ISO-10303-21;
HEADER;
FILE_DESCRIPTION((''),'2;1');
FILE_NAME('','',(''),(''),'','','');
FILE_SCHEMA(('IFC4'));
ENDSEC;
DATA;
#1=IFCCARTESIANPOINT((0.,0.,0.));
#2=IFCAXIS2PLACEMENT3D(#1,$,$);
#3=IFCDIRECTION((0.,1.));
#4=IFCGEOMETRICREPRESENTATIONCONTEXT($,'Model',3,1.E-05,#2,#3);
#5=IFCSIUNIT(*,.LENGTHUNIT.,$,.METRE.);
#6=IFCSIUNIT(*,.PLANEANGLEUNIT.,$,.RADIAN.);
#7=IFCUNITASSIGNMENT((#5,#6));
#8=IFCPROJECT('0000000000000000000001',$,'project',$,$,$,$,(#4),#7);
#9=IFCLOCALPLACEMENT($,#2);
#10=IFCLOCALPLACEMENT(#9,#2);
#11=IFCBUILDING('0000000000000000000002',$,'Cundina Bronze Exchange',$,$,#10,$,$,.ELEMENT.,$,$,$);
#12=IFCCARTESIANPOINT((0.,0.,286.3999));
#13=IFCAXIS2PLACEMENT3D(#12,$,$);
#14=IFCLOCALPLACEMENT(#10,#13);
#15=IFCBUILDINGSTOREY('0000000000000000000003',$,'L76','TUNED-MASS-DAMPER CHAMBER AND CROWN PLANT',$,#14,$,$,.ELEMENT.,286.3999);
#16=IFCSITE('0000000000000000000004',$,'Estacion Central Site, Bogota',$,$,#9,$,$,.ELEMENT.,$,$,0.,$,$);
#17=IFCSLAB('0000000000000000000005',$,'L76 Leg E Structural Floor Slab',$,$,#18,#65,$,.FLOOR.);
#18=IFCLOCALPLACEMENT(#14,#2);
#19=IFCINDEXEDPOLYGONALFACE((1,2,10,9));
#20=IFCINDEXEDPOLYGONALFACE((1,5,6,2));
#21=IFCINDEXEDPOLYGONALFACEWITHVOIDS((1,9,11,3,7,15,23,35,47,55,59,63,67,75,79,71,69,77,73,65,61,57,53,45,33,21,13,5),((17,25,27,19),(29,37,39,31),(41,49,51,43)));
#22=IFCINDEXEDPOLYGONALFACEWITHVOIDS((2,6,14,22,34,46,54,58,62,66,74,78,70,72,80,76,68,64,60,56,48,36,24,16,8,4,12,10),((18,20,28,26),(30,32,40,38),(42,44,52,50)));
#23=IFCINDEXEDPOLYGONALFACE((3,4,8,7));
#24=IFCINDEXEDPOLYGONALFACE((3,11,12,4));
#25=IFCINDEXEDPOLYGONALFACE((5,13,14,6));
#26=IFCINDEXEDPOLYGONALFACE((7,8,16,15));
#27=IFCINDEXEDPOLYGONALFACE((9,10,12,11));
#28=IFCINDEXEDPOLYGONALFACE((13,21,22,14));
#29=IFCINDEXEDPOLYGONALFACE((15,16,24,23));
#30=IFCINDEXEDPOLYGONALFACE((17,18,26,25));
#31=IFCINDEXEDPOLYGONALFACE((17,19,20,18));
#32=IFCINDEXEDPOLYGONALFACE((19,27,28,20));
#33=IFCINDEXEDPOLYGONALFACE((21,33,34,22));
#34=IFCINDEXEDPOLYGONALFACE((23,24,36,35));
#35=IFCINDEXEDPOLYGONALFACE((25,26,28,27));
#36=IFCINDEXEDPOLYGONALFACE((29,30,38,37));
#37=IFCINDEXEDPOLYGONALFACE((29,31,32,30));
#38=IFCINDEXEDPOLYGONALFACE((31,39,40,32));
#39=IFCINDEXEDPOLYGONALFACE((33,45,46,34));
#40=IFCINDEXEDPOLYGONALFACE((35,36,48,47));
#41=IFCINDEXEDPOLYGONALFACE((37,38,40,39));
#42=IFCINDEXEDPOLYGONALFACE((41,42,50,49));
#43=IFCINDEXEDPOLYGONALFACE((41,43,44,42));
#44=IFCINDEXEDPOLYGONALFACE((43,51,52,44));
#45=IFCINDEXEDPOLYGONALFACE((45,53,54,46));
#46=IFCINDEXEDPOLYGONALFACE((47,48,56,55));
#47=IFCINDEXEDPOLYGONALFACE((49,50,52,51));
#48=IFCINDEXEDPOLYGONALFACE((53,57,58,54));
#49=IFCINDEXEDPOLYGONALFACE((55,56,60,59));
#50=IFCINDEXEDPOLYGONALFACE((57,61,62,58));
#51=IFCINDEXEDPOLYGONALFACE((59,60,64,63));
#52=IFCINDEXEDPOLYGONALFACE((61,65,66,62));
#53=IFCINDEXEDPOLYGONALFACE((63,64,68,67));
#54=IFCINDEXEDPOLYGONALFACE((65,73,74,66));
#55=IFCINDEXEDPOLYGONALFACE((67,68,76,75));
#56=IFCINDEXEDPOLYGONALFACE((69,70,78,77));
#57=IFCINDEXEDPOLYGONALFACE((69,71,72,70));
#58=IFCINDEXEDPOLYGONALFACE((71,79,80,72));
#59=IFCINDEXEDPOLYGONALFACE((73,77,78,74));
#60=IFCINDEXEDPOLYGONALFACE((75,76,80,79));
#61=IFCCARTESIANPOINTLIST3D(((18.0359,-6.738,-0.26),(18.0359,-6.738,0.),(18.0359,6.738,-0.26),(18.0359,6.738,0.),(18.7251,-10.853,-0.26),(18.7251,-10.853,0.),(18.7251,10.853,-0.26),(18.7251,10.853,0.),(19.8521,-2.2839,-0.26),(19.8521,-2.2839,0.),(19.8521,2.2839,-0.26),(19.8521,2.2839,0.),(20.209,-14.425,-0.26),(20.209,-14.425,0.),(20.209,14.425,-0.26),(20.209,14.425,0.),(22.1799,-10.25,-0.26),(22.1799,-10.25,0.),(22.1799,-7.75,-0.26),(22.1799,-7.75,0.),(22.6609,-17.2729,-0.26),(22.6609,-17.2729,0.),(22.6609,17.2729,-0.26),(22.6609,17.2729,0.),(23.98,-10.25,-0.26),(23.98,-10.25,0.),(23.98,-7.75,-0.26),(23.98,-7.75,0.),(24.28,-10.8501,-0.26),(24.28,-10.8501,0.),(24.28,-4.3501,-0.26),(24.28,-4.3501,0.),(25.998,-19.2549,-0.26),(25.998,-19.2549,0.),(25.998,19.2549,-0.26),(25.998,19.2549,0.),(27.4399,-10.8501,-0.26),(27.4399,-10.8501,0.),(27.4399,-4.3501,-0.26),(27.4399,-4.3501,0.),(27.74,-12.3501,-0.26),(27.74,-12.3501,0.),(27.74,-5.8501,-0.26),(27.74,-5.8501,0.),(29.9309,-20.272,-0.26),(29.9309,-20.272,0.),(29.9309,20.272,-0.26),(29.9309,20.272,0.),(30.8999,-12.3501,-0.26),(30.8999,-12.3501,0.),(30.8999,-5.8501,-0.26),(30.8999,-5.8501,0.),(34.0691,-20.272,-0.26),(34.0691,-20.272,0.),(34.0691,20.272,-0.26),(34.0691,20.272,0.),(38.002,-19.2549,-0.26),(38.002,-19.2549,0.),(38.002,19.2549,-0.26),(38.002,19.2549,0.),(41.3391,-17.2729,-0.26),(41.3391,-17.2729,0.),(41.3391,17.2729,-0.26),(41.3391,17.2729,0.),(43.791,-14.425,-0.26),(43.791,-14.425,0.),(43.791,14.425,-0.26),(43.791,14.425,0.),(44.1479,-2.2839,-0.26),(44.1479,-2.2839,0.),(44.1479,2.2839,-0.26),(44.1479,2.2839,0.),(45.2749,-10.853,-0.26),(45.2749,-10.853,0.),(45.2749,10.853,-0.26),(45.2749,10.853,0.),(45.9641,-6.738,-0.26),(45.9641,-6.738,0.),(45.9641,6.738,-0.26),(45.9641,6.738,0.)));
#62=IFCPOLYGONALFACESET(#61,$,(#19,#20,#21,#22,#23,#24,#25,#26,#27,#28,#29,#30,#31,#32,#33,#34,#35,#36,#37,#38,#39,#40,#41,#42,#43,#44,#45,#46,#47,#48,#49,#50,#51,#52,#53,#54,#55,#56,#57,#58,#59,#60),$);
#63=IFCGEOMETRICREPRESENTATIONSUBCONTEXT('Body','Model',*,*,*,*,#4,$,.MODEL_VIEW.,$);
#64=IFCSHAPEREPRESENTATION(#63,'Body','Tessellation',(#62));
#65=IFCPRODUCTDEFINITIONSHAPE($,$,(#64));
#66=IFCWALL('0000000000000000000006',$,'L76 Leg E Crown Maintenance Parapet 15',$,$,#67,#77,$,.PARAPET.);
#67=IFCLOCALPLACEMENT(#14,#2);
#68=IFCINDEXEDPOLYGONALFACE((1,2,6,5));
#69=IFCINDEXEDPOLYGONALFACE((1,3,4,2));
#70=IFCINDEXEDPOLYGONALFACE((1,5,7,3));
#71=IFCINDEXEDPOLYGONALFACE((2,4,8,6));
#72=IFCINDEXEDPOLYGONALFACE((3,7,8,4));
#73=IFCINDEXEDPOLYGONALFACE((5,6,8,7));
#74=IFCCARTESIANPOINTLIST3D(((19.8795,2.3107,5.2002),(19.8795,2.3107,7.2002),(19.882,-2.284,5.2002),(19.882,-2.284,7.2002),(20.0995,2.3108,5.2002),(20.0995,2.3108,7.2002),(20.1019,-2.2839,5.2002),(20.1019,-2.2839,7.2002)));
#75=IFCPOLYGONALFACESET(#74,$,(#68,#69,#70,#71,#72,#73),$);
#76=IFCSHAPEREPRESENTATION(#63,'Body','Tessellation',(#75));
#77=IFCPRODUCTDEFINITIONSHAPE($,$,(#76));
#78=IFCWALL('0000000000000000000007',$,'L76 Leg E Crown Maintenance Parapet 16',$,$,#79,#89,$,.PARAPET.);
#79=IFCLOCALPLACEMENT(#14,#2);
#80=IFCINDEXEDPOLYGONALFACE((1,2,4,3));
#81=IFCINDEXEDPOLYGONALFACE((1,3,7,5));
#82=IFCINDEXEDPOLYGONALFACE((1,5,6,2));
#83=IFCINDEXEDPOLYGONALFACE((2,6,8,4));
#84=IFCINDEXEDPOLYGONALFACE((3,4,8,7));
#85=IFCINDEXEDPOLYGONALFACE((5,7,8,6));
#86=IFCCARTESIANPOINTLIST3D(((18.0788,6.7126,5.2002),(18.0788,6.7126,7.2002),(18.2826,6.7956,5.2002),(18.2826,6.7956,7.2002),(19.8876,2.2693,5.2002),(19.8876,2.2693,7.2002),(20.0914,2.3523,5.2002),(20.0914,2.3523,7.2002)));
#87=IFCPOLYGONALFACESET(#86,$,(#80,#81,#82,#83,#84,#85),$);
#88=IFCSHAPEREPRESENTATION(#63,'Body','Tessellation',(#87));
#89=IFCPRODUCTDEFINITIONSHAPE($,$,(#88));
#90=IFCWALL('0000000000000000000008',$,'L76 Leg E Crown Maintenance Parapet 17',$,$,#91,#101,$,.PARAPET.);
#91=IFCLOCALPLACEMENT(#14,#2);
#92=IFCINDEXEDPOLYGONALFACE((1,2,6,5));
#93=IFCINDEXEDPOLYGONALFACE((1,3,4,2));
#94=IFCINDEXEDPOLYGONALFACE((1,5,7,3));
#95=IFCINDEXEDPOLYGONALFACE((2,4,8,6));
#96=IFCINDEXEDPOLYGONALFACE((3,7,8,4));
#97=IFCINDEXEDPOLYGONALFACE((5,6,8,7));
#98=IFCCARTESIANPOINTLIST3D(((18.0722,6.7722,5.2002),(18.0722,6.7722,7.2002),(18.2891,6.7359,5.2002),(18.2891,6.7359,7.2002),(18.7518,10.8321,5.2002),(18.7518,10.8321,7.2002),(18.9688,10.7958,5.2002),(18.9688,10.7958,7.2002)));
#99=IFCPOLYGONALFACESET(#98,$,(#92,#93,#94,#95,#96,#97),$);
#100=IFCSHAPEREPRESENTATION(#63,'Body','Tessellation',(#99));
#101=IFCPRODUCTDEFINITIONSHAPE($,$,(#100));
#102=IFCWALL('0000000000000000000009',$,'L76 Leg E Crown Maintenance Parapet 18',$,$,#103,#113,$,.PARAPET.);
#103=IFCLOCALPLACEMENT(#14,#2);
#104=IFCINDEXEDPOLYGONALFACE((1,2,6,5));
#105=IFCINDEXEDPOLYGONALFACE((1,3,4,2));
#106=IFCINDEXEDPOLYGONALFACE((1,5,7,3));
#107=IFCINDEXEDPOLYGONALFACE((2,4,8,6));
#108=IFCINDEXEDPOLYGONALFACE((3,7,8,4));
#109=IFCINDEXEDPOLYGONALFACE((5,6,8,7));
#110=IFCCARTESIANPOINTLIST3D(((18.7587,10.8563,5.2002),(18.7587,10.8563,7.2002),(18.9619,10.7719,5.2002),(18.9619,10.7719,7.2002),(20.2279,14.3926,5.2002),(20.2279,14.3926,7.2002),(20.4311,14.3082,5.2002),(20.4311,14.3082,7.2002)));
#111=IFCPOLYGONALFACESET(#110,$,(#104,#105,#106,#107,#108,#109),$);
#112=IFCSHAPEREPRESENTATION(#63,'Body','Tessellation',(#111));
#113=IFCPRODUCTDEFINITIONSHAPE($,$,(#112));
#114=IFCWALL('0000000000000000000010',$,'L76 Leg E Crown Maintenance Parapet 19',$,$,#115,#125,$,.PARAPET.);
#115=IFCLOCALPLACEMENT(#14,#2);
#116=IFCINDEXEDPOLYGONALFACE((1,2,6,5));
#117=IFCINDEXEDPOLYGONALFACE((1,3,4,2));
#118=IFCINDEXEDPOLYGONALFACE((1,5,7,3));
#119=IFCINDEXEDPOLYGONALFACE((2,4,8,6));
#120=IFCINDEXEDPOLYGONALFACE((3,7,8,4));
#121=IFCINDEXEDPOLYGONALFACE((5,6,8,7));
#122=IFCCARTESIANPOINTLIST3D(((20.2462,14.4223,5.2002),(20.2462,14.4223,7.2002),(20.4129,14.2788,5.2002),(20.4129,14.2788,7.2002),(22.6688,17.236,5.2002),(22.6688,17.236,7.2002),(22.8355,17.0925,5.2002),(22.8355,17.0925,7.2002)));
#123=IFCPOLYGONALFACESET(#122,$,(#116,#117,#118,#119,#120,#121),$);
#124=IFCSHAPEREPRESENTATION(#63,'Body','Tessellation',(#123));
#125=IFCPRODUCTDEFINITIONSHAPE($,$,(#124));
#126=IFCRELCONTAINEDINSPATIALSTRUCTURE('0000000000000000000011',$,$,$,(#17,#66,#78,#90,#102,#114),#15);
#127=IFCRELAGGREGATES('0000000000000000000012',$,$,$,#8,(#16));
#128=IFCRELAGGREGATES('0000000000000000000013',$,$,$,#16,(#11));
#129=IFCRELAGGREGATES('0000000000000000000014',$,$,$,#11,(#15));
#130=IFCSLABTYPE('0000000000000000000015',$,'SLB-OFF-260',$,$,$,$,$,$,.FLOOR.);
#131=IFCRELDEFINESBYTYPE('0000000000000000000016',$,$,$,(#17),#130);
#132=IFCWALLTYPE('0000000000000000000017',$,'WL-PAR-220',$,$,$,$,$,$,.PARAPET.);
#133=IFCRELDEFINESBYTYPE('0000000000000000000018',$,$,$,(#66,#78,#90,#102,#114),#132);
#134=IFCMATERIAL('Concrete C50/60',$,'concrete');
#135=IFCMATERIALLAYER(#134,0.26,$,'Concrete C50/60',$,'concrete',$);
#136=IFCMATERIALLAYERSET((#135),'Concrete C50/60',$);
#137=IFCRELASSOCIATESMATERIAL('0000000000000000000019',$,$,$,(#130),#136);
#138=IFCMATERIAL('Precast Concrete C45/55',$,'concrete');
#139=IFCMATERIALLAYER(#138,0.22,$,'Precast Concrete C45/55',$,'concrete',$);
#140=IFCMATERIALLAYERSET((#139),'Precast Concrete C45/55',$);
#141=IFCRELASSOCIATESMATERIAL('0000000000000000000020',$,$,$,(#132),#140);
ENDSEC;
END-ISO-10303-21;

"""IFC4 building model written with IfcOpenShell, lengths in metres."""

from ifc_helpers import new_model, si_unit, direction, frame, frame_2d, origin, place, context, subcontext, project, spatial, polyline, rectangle, outline, extrude, material, layer, layer_set, type_object, element, save


model = new_model("IFC4")

# Units and contexts
model_context = context("Model", 3, precision=1e-05, world=origin(), true_north=direction((0.0, 1.0)))
body_context = subcontext(model_context, "Body", "Model", "MODEL_VIEW")
ifc_project = project(units=[si_unit("LENGTHUNIT", "METRE"), si_unit("PLANEANGLEUNIT", "RADIAN")], contexts=[model_context])

# Site, building, storey
site_placement = place(None, origin())
site = spatial("IfcSite", under=ifc_project, at=site_placement, Name="Estacion Central Site, Bogota", CompositionType="ELEMENT", RefElevation=0.0)
building_placement = place(site_placement, origin())
building = spatial("IfcBuilding", under=site, at=building_placement, Name="Cundina Bronze Exchange", CompositionType="ELEMENT")
storey_placement = place(building_placement, frame((0.0, 0.0, 286.3999)))
storey = spatial("IfcBuildingStorey", under=building, at=storey_placement, Name="L76", Description="TUNED-MASS-DAMPER CHAMBER AND CROWN PLANT", CompositionType="ELEMENT", Elevation=286.3999)

# Slab
ifc_material_1 = material(Name="Concrete C50/60", Category="concrete")
ifc_layer_1 = layer(ifc_material_1, 0.26, Name="Concrete C50/60", Category="concrete")
ifc_layer_set_1 = layer_set([ifc_layer_1], Name="Concrete C50/60")
slab_type = type_object("IfcSlabType", Name="SLB-OFF-260", PredefinedType="FLOOR", material=ifc_layer_set_1)
slab_placement = place(storey_placement, frame((0.0, 0.0, -0.26)))
element("IfcSlab", 1, at=slab_placement, inside=storey, type_object=slab_type, Name="L76 Leg E Structural Floor Slab", PredefinedType="FLOOR", context=body_context, shape_type="SweptSolid", body=[
    extrude(outline(polyline([(44.1479, 2.2839), (45.9641, 6.738), (45.2749, 10.853), (43.791, 14.425), (41.3391, 17.2729), (38.002, 19.2549), (34.0691, 20.272), (29.9309, 20.272), (25.998, 19.2549), (22.6609, 17.2729), (20.209, 14.425), (18.7251, 10.853), (18.0359, 6.738), (19.8521, 2.2839), (19.8521, -2.2839), (18.0359, -6.738), (18.7251, -10.853), (20.209, -14.425), (22.6609, -17.2729), (25.998, -19.2549), (29.9309, -20.272), (34.0691, -20.272), (38.002, -19.2549), (41.3391, -17.2729), (43.791, -14.425), (45.2749, -10.853), (45.9641, -6.738), (44.1479, -2.2839), (44.1479, 2.2839)]), holes=[polyline([(27.74, -5.8501), (27.74, -12.3501), (30.8999, -12.3501), (30.8999, -5.8501), (27.74, -5.8501)]), polyline([(27.4399, -10.8501), (27.4399, -4.3501), (24.28, -4.3501), (24.28, -10.8501), (27.4399, -10.8501)]), polyline([(22.1799, -7.75), (23.98, -7.75), (23.98, -10.25), (22.1799, -10.25), (22.1799, -7.75)])]), origin(), (0.0, 0.0, 1.0), 0.26),
])

# Walls
ifc_material_2 = material(Name="Precast Concrete C45/55", Category="concrete")
ifc_layer_2 = layer(ifc_material_2, 0.22, Name="Precast Concrete C45/55", Category="concrete")
ifc_layer_set_2 = layer_set([ifc_layer_2], Name="Precast Concrete C45/55")
wall_type_1 = type_object("IfcWallType", Name="WL-PAR-220", PredefinedType="PARAPET", material=ifc_layer_set_2)
wall_1_placement = place(storey_placement, frame((19.9919, -2.2839, 5.2002), z_axis=(0.0, 0.0, 1.0), x_axis=(-0.000531, 1.0, 0.0)))
element("IfcWall", 2, at=wall_1_placement, inside=storey, type_object=wall_type_1, Name="L76 Leg E Crown Maintenance Parapet 15", PredefinedType="PARAPET", context=body_context, shape_type="SweptSolid", body=[
    extrude(rectangle(XDim=4.5947, YDim=0.22, at=frame_2d((2.2974, 0.0))), origin(), (0.0, 0.0, 1.0), 2.0),
])
wall_2_placement = place(storey_placement, frame((19.9895, 2.3108, 5.2002), z_axis=(0.0, 0.0, 1.0), x_axis=(-0.377043, 0.926196, 0.0)))
element("IfcWall", 3, at=wall_2_placement, inside=storey, type_object=wall_type_1, Name="L76 Leg E Crown Maintenance Parapet 16", PredefinedType="PARAPET", context=body_context, shape_type="SweptSolid", body=[
    extrude(rectangle(XDim=4.7974, YDim=0.22, at=frame_2d((2.3987, 0.0))), origin(), (0.0, 0.0, 1.0), 2.0),
])
wall_3_placement = place(storey_placement, frame((18.1807, 6.7542, 5.2002), z_axis=(0.0, 0.0, 1.0), x_axis=(0.165111, 0.986275, 0.0)))
element("IfcWall", 4, at=wall_3_placement, inside=storey, type_object=wall_type_1, Name="L76 Leg E Crown Maintenance Parapet 17", PredefinedType="PARAPET", context=body_context, shape_type="SweptSolid", body=[
    extrude(rectangle(XDim=4.1165, YDim=0.22, at=frame_2d((2.0581, 0.0))), origin(), (0.0, 0.0, 1.0), 2.0),
])
wall_4_placement = place(storey_placement, frame((18.8604, 10.8142, 5.2002), z_axis=(0.0, 0.0, 1.0), x_axis=(0.383669, 0.923471, 0.0)))
element("IfcWall", 5, at=wall_4_placement, inside=storey, type_object=wall_type_1, Name="L76 Leg E Crown Maintenance Parapet 18", PredefinedType="PARAPET", context=body_context, shape_type="SweptSolid", body=[
    extrude(rectangle(XDim=3.8293, YDim=0.22, at=frame_2d((1.9146, 0.0))), origin(), (0.0, 0.0, 1.0), 2.0),
])
wall_5_placement = place(storey_placement, frame((20.3296, 14.3506, 5.2002), z_axis=(0.0, 0.0, 1.0), x_axis=(0.652474, 0.757811, 0.0)))
element("IfcWall", 6, at=wall_5_placement, inside=storey, type_object=wall_type_1, Name="L76 Leg E Crown Maintenance Parapet 19", PredefinedType="PARAPET", context=body_context, shape_type="SweptSolid", body=[
    extrude(rectangle(XDim=3.7129, YDim=0.22, at=frame_2d((1.8564, 0.0))), origin(), (0.0, 0.0, 1.0), 2.0),
])

save(model, "model.ifc")
